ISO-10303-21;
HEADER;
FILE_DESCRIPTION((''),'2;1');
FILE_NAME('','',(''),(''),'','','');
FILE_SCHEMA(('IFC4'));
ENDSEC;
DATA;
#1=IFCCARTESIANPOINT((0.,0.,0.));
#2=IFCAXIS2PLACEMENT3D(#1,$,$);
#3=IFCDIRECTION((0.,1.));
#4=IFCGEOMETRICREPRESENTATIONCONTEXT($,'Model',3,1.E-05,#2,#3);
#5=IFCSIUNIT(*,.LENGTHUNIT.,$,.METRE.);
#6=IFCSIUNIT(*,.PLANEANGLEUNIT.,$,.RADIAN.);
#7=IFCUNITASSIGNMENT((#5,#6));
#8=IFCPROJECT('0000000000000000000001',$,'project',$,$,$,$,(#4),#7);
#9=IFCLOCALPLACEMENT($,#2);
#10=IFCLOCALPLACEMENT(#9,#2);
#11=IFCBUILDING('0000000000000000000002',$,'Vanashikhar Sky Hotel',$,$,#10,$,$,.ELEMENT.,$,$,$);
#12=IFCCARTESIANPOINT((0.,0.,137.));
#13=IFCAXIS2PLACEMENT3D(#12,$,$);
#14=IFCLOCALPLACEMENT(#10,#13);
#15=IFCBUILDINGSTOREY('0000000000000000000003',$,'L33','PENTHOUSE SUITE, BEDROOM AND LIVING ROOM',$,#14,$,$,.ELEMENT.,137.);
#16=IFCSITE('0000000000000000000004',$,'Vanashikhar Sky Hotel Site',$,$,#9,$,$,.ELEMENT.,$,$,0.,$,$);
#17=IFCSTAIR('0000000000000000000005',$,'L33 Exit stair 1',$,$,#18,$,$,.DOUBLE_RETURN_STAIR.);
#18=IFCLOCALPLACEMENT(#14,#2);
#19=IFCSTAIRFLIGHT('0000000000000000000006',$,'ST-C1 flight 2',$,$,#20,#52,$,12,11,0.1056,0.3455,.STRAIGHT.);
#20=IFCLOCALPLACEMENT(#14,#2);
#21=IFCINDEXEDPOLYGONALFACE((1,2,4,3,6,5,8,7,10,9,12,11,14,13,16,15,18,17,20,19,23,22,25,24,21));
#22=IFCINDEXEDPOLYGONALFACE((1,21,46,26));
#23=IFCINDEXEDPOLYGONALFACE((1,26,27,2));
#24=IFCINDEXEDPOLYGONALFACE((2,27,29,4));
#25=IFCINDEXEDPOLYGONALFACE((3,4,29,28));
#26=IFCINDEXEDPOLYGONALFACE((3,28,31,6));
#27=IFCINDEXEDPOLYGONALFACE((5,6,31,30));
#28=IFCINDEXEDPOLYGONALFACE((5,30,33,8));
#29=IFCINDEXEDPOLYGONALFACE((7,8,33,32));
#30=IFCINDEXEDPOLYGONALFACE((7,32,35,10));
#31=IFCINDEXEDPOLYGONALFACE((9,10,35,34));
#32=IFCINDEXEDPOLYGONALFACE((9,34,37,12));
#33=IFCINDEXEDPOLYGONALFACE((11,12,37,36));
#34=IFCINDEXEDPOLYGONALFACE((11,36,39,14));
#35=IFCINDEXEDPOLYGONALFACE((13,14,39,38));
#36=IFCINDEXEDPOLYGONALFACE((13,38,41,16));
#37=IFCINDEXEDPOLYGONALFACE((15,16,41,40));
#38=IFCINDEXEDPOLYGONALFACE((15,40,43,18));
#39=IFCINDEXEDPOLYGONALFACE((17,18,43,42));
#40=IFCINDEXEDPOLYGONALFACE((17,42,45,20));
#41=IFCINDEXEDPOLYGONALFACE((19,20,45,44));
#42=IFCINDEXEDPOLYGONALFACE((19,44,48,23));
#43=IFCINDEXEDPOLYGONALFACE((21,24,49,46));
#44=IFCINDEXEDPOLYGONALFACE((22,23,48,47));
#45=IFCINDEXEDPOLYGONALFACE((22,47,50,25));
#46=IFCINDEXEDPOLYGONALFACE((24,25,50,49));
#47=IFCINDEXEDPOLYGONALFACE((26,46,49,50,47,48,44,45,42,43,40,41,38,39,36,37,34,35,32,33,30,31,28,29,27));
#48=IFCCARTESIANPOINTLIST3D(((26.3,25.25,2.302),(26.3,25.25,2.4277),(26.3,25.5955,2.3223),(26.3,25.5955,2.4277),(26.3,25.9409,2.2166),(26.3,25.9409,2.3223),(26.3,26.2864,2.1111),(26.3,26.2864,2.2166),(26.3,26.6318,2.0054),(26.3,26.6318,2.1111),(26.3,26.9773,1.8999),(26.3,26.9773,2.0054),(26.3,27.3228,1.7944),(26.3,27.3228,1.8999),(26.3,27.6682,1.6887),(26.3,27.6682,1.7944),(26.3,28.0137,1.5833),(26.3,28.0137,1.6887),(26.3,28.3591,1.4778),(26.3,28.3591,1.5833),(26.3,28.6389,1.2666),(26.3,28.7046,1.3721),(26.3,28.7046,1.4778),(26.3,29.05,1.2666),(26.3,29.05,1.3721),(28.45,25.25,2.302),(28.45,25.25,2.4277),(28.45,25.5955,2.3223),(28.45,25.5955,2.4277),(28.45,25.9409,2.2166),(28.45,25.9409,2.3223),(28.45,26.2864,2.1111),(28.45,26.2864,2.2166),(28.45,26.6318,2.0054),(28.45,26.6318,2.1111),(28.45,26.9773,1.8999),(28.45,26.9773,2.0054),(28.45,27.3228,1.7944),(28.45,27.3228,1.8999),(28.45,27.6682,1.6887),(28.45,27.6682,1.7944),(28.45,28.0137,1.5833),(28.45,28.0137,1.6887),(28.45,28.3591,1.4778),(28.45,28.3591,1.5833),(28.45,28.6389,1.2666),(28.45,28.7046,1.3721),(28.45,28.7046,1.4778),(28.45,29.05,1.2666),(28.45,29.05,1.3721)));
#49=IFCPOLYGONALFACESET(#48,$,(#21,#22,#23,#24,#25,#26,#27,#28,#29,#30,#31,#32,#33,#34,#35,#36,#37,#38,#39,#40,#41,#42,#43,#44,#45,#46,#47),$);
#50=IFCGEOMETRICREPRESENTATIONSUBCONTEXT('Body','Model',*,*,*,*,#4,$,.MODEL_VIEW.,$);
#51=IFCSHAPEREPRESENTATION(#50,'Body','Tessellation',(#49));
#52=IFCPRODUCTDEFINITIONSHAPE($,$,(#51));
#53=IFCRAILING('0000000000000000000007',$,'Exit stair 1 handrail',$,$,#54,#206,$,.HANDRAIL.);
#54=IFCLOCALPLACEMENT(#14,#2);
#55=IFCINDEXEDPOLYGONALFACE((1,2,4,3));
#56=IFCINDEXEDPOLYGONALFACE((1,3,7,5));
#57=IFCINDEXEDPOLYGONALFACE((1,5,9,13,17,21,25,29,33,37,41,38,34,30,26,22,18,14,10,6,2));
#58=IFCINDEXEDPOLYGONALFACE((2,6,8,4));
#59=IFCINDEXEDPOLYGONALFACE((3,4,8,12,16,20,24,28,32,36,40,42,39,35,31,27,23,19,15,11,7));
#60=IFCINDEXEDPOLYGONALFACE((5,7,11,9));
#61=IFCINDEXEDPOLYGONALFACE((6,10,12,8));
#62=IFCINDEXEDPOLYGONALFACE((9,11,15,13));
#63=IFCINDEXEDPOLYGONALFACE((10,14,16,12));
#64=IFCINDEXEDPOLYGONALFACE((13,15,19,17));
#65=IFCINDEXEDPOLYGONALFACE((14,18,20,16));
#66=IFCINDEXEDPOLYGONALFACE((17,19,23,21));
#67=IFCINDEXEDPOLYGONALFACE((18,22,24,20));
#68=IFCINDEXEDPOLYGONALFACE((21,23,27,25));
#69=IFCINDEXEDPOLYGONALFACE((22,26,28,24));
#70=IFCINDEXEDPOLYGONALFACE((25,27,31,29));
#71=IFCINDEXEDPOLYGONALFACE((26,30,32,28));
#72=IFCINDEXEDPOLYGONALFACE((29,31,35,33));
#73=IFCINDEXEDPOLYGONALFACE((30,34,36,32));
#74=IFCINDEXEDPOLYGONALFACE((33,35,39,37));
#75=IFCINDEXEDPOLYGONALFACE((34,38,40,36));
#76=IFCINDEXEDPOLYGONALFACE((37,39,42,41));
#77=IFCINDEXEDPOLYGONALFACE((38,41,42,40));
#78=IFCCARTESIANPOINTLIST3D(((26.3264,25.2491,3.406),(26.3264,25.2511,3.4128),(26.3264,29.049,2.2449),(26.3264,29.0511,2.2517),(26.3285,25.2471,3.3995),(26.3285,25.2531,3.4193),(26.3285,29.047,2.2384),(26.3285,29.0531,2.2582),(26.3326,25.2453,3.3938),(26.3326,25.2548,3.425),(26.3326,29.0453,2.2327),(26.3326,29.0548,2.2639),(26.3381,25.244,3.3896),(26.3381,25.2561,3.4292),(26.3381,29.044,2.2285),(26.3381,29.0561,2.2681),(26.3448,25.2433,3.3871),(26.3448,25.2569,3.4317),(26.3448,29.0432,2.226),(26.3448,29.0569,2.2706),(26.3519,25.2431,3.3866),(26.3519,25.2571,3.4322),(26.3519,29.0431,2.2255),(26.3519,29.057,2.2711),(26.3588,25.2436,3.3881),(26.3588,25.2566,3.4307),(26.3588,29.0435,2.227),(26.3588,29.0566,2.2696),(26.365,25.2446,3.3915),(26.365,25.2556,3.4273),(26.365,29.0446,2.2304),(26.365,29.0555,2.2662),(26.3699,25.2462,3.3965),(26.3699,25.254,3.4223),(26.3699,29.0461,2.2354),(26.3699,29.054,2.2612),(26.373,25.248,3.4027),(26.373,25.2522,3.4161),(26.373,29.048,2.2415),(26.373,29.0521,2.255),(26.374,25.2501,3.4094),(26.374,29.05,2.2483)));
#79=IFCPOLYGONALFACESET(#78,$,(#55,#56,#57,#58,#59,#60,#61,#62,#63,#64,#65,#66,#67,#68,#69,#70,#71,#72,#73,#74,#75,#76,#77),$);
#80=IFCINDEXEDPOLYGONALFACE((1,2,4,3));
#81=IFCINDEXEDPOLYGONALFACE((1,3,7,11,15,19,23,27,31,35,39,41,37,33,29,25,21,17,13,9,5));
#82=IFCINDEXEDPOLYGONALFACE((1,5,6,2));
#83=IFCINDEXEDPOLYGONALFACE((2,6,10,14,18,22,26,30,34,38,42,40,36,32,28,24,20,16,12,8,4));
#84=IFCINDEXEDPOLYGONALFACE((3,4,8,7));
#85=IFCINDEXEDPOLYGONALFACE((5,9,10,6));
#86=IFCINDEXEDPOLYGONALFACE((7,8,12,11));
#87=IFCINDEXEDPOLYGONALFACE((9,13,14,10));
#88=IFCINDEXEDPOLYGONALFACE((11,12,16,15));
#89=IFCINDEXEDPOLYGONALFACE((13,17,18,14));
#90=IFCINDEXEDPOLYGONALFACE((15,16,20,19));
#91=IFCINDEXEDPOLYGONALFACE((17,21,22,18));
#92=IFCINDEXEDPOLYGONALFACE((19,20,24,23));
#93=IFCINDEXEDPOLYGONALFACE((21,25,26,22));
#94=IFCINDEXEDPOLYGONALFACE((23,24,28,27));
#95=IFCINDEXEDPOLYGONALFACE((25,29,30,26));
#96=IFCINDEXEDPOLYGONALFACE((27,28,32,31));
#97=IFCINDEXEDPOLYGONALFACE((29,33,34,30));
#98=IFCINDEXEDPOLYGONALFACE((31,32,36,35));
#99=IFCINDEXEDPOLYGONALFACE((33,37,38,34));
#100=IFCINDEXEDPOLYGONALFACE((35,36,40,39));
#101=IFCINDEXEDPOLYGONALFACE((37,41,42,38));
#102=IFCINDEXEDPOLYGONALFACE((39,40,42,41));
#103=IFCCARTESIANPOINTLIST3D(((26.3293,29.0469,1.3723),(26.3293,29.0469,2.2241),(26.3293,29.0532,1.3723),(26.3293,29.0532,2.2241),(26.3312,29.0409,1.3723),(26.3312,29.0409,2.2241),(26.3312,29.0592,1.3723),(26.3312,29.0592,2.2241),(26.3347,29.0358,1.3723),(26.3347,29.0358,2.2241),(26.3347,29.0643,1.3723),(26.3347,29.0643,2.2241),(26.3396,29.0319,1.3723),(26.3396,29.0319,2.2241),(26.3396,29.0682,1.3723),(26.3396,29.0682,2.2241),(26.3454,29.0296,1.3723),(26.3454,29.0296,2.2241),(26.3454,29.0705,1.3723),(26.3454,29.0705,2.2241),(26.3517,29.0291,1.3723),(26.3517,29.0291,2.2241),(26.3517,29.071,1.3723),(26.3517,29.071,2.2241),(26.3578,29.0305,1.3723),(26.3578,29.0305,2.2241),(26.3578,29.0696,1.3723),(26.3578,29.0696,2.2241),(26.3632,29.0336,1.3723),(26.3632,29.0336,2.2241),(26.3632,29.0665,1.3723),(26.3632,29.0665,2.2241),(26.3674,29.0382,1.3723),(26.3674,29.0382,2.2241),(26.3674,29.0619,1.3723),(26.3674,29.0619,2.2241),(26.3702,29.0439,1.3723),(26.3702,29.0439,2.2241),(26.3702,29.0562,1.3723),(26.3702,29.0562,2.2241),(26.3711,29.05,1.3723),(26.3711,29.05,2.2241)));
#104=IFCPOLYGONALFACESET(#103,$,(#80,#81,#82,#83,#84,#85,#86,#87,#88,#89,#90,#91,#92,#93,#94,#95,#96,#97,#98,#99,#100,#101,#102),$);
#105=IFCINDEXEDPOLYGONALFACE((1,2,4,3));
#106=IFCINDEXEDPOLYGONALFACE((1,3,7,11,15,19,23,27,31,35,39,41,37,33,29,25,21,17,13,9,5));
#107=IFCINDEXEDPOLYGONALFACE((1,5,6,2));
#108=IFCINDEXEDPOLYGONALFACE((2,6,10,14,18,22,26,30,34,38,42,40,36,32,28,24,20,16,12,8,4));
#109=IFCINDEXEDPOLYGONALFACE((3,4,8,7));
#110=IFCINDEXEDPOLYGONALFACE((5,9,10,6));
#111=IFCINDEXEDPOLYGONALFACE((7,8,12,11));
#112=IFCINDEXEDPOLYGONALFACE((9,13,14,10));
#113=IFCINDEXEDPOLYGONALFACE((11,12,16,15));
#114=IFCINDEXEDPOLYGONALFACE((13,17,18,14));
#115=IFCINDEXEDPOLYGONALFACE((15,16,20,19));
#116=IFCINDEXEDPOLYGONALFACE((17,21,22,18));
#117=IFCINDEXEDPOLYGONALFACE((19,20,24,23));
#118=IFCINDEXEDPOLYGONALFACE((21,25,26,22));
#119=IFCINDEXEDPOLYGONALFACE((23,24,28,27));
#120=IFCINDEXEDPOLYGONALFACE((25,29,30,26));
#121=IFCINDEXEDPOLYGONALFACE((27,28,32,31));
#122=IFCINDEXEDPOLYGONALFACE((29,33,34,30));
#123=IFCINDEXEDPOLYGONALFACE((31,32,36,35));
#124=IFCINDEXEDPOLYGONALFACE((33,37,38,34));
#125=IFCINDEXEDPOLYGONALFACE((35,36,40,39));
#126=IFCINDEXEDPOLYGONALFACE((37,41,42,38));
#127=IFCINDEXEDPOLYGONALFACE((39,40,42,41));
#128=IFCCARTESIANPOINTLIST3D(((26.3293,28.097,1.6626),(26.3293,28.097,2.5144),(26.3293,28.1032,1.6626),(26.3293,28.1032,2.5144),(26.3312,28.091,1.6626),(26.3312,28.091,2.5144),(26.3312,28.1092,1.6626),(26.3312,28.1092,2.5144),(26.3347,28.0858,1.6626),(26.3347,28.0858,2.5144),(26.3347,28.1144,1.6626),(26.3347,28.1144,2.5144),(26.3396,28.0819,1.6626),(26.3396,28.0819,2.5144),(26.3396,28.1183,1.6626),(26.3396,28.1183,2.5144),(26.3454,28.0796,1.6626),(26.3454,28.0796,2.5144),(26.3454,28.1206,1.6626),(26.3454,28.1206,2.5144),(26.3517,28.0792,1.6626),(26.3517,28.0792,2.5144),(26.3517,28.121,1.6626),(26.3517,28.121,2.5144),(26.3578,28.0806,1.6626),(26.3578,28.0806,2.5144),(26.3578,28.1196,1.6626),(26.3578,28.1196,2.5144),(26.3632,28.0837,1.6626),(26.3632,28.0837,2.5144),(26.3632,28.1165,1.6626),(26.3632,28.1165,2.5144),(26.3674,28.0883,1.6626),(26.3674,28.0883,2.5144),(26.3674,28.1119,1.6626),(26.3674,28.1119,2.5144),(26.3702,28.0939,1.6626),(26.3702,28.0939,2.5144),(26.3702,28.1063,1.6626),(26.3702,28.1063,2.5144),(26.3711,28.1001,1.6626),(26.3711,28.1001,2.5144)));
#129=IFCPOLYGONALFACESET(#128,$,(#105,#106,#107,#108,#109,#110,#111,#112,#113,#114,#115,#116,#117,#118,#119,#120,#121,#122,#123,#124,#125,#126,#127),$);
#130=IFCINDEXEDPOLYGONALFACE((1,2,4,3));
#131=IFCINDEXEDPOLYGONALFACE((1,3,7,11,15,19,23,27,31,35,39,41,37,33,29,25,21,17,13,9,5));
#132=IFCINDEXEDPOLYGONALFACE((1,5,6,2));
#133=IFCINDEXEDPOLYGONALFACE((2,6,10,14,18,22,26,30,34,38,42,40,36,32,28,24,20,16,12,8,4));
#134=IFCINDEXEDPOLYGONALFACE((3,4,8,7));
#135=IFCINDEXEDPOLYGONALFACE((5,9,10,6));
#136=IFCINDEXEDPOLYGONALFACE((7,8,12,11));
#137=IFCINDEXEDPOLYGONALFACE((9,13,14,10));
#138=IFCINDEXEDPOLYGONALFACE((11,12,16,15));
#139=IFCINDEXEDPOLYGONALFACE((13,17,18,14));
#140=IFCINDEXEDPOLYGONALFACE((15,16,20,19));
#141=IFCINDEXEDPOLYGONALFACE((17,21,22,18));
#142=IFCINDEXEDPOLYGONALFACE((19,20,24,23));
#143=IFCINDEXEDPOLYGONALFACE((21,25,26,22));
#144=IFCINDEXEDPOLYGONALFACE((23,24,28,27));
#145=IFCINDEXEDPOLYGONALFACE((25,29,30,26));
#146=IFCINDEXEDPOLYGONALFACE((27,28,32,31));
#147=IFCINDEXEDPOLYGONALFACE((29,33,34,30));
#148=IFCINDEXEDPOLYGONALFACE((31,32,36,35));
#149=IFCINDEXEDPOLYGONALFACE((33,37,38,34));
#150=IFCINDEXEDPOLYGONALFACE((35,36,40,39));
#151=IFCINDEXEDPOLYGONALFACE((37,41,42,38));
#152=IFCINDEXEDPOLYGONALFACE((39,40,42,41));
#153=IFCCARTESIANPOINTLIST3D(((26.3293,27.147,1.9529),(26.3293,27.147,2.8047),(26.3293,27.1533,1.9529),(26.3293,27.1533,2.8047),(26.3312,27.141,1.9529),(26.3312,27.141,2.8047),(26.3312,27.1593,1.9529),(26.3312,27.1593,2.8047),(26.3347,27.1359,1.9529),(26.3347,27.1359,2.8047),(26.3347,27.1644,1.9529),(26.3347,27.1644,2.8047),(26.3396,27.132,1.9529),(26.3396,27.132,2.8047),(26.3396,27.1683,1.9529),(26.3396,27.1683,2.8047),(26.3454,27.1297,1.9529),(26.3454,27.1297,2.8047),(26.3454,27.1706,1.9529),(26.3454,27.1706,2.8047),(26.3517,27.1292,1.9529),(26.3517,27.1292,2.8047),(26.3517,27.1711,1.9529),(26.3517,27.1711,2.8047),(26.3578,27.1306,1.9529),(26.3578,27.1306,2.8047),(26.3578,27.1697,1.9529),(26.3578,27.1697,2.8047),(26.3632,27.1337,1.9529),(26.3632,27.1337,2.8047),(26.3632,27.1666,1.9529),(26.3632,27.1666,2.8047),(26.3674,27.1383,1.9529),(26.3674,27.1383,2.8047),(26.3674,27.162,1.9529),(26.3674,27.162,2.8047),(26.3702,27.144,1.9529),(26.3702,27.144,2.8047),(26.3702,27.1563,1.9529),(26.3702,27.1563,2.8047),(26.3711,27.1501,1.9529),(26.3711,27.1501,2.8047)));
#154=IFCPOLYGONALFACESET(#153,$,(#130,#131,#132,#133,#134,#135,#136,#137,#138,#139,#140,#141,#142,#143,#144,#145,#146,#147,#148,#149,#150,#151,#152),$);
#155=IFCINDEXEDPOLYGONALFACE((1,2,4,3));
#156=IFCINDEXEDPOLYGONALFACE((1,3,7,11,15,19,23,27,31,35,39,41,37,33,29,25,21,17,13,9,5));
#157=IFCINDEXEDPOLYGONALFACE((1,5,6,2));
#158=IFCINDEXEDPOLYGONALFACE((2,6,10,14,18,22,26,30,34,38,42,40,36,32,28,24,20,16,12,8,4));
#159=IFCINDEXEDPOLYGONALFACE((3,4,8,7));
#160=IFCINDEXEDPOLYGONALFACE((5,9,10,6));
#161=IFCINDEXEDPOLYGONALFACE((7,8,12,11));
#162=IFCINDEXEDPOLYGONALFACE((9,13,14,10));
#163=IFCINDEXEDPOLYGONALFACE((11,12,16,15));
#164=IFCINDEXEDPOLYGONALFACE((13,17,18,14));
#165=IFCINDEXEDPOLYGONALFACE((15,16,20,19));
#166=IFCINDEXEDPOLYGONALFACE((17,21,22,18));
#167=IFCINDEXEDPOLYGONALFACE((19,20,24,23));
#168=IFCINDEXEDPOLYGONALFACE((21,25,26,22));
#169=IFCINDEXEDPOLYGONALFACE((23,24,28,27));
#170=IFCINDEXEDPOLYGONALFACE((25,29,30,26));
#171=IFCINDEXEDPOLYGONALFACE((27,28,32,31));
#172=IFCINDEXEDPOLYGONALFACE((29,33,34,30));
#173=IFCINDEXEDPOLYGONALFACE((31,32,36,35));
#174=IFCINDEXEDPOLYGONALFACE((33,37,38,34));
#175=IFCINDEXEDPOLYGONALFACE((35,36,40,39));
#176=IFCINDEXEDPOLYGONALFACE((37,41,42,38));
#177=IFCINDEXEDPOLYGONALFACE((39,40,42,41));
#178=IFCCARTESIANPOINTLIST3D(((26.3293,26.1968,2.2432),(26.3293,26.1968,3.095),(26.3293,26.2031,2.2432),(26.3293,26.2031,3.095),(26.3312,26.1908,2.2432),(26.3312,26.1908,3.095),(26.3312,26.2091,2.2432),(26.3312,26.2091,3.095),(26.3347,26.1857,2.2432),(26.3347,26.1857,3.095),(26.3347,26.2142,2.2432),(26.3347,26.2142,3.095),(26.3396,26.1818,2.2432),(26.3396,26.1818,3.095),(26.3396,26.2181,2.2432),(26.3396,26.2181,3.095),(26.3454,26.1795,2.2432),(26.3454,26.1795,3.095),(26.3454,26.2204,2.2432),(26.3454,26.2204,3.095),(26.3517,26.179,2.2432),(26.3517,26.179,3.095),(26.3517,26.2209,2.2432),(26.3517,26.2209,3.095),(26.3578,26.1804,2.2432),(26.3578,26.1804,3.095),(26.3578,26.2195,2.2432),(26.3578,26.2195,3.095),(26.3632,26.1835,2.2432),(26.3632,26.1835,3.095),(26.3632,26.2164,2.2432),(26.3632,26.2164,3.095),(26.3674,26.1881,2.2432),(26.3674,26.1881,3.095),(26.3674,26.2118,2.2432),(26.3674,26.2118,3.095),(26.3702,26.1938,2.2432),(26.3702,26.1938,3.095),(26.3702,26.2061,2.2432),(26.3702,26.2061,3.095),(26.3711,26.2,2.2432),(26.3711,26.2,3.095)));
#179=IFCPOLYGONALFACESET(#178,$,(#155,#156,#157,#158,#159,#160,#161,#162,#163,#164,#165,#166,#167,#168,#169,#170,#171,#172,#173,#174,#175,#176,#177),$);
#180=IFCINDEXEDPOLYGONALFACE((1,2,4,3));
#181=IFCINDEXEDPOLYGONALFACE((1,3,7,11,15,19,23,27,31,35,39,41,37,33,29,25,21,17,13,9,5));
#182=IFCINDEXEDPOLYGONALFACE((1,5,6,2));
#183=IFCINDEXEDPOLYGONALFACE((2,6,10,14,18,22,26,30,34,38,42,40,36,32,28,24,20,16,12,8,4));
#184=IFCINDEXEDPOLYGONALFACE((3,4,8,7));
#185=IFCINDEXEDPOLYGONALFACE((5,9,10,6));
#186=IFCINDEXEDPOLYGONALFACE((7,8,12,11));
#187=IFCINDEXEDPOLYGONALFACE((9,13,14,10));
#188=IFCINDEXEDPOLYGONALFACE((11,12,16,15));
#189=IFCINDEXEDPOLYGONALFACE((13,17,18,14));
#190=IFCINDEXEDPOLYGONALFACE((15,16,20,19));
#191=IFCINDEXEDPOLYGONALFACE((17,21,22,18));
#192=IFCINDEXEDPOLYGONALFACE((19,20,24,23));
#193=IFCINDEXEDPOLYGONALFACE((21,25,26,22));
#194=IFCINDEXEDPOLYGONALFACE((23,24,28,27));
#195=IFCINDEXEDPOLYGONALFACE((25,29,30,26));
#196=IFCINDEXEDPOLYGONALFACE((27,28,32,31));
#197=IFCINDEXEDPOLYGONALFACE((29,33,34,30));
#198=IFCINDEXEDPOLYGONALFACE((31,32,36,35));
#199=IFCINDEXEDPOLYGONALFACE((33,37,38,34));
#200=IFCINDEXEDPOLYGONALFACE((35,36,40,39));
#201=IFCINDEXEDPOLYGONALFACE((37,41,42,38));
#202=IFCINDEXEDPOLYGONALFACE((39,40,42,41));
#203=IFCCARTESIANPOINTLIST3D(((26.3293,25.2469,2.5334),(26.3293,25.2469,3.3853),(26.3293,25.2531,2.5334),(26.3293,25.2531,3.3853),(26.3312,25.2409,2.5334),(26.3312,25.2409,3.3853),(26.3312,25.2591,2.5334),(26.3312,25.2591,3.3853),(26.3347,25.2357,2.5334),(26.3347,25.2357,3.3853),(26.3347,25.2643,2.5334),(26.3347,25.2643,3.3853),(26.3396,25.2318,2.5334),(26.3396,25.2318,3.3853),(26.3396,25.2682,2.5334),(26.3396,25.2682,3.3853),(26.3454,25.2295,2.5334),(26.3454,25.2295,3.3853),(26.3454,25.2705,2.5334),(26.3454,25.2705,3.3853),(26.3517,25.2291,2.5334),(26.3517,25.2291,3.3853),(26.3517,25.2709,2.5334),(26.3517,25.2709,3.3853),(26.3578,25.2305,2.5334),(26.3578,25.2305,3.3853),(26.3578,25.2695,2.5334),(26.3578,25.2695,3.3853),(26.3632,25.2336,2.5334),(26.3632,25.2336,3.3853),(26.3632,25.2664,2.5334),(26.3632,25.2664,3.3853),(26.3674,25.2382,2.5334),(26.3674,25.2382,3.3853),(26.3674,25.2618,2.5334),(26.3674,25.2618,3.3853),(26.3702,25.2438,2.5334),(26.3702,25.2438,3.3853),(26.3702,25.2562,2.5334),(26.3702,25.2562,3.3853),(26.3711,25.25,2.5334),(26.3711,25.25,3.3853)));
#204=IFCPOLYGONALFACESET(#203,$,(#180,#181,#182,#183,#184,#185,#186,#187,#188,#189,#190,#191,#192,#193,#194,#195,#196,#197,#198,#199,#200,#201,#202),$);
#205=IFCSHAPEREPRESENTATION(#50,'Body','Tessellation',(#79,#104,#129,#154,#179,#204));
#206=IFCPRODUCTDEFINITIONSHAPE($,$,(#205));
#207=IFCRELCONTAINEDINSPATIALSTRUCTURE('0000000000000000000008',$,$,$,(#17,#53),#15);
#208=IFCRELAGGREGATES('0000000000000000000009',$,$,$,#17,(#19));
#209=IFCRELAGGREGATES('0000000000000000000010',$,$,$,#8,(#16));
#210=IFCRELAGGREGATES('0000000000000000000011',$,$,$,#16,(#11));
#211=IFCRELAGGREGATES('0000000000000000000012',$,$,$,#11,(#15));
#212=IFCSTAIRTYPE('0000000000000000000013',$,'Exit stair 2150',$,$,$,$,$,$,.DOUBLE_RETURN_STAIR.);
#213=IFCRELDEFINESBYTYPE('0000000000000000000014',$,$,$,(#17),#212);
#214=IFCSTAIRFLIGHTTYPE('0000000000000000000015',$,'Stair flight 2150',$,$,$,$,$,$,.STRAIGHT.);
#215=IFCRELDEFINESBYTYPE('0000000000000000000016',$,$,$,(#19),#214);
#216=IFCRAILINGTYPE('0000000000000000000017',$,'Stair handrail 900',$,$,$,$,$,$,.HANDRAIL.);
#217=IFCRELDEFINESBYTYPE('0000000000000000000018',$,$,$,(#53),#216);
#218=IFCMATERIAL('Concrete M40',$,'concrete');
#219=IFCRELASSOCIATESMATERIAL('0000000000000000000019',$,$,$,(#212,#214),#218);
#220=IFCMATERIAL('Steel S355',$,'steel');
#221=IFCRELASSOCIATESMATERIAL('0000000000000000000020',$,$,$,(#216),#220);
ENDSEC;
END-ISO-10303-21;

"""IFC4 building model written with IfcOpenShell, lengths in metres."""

from ifc_helpers import new_model, si_unit, direction, frame, origin, origin_2d, place, context, subcontext, project, spatial, polyline, circle, outline, extrude, source, transform, mapped, material, type_object, element, aggregate, save


model = new_model("IFC4")

# Units and contexts
model_context = context("Model", 3, precision=1e-05, world=origin(), true_north=direction((0.0, 1.0)))
body_context = subcontext(model_context, "Body", "Model", "MODEL_VIEW")
ifc_project = project(units=[si_unit("LENGTHUNIT", "METRE"), si_unit("PLANEANGLEUNIT", "RADIAN")], contexts=[model_context])

# Site, building, storey
site_placement = place(None, origin())
site = spatial("IfcSite", under=ifc_project, at=site_placement, Name="Vanashikhar Sky Hotel Site", CompositionType="ELEMENT", RefElevation=0.0)
building_placement = place(site_placement, origin())
building = spatial("IfcBuilding", under=site, at=building_placement, Name="Vanashikhar Sky Hotel", CompositionType="ELEMENT")
storey_placement = place(building_placement, frame((0.0, 0.0, 137.0)))
storey = spatial("IfcBuildingStorey", under=building, at=storey_placement, Name="L33", Description="PENTHOUSE SUITE, BEDROOM AND LIVING ROOM", CompositionType="ELEMENT", Elevation=137.0)

# Stair, stair flight
ifc_material_1 = material(Name="Concrete M40", Category="concrete")
stair_type = type_object("IfcStairType", Name="Exit stair 2150", PredefinedType="DOUBLE_RETURN_STAIR", material=ifc_material_1)
stair_placement = place(storey_placement, origin())
stair = element("IfcStair", 1, at=stair_placement, inside=storey, type_object=stair_type, Name="L33 Exit stair 1", PredefinedType="DOUBLE_RETURN_STAIR")
stair_flight_type = type_object("IfcStairFlightType", Name="Stair flight 2150", PredefinedType="STRAIGHT", material=ifc_material_1)
shared_shape_1 = source(origin(), body_context, "Body", "SweptSolid", [
    extrude(outline(polyline([(0.0, 0.0), (0.0, 0.1055), (0.3455, 0.1055), (0.3455, 0.2112), (0.6909, 0.2112), (0.6909, 0.3167), (1.0364, 0.3167), (1.0364, 0.4221), (1.3818, 0.4221), (1.3818, 0.5278), (1.7273, 0.5278), (1.7273, 0.6333), (2.0728, 0.6333), (2.0728, 0.7388), (2.4182, 0.7388), (2.4182, 0.8445), (2.7637, 0.8445), (2.7637, 0.95), (3.1091, 0.95), (3.1091, 1.0557), (3.4546, 1.0557), (3.4546, 1.1611), (3.8, 1.1611), (3.8, 1.2666), (3.8, 1.0354), (0.4111, 0.0), (0.0, 0.0)])), frame((0.0, 1.075, 0.0), z_axis=(0.0, -1.0, 0.0), x_axis=(1.0, 0.0, 0.0)), (0.0, 0.0, 1.0), 2.1499),
])
stair_flight_placement = place(storey_placement, frame((27.375, 29.05, 1.2666), z_axis=(0.0, 0.0, 1.0), x_axis=(0.0, -1.0, 0.0)))
stair_flight = element("IfcStairFlight", 2, at=stair_flight_placement, type_object=stair_flight_type, Name="ST-C1 flight 2", NumberOfRisers=12, NumberOfTreads=11, PredefinedType="STRAIGHT", RiserHeight=0.1056, TreadLength=0.3455, context=body_context, shape_type="MappedRepresentation", body=[
    mapped(shared_shape_1, transform((0.0, 0.0, 0.0), scale=1.0)),
])
aggregate(stair, [stair_flight])

# Railing
ifc_material_2 = material(Name="Steel S355", Category="steel")
railing_type_1 = type_object("IfcRailingType", Name="Stair handrail 900", PredefinedType="HANDRAIL", material=ifc_material_2)
shared_shape_2 = source(origin(), body_context, "Body", "SweptSolid", [
    extrude(circle(Radius=0.0239, at=origin_2d()), frame((0.0, 0.0, 0.876), z_axis=(0.0, -0.956351, 0.29222), x_axis=(1.0, 0.0, 0.0)), (0.0, 0.0, 1.0), 3.9734),
    extrude(circle(Radius=0.021, at=origin_2d()), origin(), (0.0, 0.0, 1.0), 0.8518),
    extrude(circle(Radius=0.021, at=origin_2d()), frame((0.0, -0.95, 0.2903)), (0.0, 0.0, 1.0), 0.8518),
    extrude(circle(Radius=0.021, at=origin_2d()), frame((0.0, -1.8999, 0.5806)), (0.0, 0.0, 1.0), 0.8518),
    extrude(circle(Radius=0.021, at=origin_2d()), frame((0.0, -2.8501, 0.8708)), (0.0, 0.0, 1.0), 0.8518),
    extrude(circle(Radius=0.021, at=origin_2d()), frame((0.0, -3.8, 1.1611)), (0.0, 0.0, 1.0), 0.8518),
])
railing_1_placement = place(storey_placement, frame((26.3501, 29.05, 1.3723)))
element("IfcRailing", 3, at=railing_1_placement, inside=storey, type_object=railing_type_1, Name="Exit stair 1 handrail", PredefinedType="HANDRAIL", context=body_context, shape_type="MappedRepresentation", body=[
    mapped(shared_shape_2, transform((0.0, 0.0, 0.0), scale=1.0)),
])

save(model, "model.ifc")
